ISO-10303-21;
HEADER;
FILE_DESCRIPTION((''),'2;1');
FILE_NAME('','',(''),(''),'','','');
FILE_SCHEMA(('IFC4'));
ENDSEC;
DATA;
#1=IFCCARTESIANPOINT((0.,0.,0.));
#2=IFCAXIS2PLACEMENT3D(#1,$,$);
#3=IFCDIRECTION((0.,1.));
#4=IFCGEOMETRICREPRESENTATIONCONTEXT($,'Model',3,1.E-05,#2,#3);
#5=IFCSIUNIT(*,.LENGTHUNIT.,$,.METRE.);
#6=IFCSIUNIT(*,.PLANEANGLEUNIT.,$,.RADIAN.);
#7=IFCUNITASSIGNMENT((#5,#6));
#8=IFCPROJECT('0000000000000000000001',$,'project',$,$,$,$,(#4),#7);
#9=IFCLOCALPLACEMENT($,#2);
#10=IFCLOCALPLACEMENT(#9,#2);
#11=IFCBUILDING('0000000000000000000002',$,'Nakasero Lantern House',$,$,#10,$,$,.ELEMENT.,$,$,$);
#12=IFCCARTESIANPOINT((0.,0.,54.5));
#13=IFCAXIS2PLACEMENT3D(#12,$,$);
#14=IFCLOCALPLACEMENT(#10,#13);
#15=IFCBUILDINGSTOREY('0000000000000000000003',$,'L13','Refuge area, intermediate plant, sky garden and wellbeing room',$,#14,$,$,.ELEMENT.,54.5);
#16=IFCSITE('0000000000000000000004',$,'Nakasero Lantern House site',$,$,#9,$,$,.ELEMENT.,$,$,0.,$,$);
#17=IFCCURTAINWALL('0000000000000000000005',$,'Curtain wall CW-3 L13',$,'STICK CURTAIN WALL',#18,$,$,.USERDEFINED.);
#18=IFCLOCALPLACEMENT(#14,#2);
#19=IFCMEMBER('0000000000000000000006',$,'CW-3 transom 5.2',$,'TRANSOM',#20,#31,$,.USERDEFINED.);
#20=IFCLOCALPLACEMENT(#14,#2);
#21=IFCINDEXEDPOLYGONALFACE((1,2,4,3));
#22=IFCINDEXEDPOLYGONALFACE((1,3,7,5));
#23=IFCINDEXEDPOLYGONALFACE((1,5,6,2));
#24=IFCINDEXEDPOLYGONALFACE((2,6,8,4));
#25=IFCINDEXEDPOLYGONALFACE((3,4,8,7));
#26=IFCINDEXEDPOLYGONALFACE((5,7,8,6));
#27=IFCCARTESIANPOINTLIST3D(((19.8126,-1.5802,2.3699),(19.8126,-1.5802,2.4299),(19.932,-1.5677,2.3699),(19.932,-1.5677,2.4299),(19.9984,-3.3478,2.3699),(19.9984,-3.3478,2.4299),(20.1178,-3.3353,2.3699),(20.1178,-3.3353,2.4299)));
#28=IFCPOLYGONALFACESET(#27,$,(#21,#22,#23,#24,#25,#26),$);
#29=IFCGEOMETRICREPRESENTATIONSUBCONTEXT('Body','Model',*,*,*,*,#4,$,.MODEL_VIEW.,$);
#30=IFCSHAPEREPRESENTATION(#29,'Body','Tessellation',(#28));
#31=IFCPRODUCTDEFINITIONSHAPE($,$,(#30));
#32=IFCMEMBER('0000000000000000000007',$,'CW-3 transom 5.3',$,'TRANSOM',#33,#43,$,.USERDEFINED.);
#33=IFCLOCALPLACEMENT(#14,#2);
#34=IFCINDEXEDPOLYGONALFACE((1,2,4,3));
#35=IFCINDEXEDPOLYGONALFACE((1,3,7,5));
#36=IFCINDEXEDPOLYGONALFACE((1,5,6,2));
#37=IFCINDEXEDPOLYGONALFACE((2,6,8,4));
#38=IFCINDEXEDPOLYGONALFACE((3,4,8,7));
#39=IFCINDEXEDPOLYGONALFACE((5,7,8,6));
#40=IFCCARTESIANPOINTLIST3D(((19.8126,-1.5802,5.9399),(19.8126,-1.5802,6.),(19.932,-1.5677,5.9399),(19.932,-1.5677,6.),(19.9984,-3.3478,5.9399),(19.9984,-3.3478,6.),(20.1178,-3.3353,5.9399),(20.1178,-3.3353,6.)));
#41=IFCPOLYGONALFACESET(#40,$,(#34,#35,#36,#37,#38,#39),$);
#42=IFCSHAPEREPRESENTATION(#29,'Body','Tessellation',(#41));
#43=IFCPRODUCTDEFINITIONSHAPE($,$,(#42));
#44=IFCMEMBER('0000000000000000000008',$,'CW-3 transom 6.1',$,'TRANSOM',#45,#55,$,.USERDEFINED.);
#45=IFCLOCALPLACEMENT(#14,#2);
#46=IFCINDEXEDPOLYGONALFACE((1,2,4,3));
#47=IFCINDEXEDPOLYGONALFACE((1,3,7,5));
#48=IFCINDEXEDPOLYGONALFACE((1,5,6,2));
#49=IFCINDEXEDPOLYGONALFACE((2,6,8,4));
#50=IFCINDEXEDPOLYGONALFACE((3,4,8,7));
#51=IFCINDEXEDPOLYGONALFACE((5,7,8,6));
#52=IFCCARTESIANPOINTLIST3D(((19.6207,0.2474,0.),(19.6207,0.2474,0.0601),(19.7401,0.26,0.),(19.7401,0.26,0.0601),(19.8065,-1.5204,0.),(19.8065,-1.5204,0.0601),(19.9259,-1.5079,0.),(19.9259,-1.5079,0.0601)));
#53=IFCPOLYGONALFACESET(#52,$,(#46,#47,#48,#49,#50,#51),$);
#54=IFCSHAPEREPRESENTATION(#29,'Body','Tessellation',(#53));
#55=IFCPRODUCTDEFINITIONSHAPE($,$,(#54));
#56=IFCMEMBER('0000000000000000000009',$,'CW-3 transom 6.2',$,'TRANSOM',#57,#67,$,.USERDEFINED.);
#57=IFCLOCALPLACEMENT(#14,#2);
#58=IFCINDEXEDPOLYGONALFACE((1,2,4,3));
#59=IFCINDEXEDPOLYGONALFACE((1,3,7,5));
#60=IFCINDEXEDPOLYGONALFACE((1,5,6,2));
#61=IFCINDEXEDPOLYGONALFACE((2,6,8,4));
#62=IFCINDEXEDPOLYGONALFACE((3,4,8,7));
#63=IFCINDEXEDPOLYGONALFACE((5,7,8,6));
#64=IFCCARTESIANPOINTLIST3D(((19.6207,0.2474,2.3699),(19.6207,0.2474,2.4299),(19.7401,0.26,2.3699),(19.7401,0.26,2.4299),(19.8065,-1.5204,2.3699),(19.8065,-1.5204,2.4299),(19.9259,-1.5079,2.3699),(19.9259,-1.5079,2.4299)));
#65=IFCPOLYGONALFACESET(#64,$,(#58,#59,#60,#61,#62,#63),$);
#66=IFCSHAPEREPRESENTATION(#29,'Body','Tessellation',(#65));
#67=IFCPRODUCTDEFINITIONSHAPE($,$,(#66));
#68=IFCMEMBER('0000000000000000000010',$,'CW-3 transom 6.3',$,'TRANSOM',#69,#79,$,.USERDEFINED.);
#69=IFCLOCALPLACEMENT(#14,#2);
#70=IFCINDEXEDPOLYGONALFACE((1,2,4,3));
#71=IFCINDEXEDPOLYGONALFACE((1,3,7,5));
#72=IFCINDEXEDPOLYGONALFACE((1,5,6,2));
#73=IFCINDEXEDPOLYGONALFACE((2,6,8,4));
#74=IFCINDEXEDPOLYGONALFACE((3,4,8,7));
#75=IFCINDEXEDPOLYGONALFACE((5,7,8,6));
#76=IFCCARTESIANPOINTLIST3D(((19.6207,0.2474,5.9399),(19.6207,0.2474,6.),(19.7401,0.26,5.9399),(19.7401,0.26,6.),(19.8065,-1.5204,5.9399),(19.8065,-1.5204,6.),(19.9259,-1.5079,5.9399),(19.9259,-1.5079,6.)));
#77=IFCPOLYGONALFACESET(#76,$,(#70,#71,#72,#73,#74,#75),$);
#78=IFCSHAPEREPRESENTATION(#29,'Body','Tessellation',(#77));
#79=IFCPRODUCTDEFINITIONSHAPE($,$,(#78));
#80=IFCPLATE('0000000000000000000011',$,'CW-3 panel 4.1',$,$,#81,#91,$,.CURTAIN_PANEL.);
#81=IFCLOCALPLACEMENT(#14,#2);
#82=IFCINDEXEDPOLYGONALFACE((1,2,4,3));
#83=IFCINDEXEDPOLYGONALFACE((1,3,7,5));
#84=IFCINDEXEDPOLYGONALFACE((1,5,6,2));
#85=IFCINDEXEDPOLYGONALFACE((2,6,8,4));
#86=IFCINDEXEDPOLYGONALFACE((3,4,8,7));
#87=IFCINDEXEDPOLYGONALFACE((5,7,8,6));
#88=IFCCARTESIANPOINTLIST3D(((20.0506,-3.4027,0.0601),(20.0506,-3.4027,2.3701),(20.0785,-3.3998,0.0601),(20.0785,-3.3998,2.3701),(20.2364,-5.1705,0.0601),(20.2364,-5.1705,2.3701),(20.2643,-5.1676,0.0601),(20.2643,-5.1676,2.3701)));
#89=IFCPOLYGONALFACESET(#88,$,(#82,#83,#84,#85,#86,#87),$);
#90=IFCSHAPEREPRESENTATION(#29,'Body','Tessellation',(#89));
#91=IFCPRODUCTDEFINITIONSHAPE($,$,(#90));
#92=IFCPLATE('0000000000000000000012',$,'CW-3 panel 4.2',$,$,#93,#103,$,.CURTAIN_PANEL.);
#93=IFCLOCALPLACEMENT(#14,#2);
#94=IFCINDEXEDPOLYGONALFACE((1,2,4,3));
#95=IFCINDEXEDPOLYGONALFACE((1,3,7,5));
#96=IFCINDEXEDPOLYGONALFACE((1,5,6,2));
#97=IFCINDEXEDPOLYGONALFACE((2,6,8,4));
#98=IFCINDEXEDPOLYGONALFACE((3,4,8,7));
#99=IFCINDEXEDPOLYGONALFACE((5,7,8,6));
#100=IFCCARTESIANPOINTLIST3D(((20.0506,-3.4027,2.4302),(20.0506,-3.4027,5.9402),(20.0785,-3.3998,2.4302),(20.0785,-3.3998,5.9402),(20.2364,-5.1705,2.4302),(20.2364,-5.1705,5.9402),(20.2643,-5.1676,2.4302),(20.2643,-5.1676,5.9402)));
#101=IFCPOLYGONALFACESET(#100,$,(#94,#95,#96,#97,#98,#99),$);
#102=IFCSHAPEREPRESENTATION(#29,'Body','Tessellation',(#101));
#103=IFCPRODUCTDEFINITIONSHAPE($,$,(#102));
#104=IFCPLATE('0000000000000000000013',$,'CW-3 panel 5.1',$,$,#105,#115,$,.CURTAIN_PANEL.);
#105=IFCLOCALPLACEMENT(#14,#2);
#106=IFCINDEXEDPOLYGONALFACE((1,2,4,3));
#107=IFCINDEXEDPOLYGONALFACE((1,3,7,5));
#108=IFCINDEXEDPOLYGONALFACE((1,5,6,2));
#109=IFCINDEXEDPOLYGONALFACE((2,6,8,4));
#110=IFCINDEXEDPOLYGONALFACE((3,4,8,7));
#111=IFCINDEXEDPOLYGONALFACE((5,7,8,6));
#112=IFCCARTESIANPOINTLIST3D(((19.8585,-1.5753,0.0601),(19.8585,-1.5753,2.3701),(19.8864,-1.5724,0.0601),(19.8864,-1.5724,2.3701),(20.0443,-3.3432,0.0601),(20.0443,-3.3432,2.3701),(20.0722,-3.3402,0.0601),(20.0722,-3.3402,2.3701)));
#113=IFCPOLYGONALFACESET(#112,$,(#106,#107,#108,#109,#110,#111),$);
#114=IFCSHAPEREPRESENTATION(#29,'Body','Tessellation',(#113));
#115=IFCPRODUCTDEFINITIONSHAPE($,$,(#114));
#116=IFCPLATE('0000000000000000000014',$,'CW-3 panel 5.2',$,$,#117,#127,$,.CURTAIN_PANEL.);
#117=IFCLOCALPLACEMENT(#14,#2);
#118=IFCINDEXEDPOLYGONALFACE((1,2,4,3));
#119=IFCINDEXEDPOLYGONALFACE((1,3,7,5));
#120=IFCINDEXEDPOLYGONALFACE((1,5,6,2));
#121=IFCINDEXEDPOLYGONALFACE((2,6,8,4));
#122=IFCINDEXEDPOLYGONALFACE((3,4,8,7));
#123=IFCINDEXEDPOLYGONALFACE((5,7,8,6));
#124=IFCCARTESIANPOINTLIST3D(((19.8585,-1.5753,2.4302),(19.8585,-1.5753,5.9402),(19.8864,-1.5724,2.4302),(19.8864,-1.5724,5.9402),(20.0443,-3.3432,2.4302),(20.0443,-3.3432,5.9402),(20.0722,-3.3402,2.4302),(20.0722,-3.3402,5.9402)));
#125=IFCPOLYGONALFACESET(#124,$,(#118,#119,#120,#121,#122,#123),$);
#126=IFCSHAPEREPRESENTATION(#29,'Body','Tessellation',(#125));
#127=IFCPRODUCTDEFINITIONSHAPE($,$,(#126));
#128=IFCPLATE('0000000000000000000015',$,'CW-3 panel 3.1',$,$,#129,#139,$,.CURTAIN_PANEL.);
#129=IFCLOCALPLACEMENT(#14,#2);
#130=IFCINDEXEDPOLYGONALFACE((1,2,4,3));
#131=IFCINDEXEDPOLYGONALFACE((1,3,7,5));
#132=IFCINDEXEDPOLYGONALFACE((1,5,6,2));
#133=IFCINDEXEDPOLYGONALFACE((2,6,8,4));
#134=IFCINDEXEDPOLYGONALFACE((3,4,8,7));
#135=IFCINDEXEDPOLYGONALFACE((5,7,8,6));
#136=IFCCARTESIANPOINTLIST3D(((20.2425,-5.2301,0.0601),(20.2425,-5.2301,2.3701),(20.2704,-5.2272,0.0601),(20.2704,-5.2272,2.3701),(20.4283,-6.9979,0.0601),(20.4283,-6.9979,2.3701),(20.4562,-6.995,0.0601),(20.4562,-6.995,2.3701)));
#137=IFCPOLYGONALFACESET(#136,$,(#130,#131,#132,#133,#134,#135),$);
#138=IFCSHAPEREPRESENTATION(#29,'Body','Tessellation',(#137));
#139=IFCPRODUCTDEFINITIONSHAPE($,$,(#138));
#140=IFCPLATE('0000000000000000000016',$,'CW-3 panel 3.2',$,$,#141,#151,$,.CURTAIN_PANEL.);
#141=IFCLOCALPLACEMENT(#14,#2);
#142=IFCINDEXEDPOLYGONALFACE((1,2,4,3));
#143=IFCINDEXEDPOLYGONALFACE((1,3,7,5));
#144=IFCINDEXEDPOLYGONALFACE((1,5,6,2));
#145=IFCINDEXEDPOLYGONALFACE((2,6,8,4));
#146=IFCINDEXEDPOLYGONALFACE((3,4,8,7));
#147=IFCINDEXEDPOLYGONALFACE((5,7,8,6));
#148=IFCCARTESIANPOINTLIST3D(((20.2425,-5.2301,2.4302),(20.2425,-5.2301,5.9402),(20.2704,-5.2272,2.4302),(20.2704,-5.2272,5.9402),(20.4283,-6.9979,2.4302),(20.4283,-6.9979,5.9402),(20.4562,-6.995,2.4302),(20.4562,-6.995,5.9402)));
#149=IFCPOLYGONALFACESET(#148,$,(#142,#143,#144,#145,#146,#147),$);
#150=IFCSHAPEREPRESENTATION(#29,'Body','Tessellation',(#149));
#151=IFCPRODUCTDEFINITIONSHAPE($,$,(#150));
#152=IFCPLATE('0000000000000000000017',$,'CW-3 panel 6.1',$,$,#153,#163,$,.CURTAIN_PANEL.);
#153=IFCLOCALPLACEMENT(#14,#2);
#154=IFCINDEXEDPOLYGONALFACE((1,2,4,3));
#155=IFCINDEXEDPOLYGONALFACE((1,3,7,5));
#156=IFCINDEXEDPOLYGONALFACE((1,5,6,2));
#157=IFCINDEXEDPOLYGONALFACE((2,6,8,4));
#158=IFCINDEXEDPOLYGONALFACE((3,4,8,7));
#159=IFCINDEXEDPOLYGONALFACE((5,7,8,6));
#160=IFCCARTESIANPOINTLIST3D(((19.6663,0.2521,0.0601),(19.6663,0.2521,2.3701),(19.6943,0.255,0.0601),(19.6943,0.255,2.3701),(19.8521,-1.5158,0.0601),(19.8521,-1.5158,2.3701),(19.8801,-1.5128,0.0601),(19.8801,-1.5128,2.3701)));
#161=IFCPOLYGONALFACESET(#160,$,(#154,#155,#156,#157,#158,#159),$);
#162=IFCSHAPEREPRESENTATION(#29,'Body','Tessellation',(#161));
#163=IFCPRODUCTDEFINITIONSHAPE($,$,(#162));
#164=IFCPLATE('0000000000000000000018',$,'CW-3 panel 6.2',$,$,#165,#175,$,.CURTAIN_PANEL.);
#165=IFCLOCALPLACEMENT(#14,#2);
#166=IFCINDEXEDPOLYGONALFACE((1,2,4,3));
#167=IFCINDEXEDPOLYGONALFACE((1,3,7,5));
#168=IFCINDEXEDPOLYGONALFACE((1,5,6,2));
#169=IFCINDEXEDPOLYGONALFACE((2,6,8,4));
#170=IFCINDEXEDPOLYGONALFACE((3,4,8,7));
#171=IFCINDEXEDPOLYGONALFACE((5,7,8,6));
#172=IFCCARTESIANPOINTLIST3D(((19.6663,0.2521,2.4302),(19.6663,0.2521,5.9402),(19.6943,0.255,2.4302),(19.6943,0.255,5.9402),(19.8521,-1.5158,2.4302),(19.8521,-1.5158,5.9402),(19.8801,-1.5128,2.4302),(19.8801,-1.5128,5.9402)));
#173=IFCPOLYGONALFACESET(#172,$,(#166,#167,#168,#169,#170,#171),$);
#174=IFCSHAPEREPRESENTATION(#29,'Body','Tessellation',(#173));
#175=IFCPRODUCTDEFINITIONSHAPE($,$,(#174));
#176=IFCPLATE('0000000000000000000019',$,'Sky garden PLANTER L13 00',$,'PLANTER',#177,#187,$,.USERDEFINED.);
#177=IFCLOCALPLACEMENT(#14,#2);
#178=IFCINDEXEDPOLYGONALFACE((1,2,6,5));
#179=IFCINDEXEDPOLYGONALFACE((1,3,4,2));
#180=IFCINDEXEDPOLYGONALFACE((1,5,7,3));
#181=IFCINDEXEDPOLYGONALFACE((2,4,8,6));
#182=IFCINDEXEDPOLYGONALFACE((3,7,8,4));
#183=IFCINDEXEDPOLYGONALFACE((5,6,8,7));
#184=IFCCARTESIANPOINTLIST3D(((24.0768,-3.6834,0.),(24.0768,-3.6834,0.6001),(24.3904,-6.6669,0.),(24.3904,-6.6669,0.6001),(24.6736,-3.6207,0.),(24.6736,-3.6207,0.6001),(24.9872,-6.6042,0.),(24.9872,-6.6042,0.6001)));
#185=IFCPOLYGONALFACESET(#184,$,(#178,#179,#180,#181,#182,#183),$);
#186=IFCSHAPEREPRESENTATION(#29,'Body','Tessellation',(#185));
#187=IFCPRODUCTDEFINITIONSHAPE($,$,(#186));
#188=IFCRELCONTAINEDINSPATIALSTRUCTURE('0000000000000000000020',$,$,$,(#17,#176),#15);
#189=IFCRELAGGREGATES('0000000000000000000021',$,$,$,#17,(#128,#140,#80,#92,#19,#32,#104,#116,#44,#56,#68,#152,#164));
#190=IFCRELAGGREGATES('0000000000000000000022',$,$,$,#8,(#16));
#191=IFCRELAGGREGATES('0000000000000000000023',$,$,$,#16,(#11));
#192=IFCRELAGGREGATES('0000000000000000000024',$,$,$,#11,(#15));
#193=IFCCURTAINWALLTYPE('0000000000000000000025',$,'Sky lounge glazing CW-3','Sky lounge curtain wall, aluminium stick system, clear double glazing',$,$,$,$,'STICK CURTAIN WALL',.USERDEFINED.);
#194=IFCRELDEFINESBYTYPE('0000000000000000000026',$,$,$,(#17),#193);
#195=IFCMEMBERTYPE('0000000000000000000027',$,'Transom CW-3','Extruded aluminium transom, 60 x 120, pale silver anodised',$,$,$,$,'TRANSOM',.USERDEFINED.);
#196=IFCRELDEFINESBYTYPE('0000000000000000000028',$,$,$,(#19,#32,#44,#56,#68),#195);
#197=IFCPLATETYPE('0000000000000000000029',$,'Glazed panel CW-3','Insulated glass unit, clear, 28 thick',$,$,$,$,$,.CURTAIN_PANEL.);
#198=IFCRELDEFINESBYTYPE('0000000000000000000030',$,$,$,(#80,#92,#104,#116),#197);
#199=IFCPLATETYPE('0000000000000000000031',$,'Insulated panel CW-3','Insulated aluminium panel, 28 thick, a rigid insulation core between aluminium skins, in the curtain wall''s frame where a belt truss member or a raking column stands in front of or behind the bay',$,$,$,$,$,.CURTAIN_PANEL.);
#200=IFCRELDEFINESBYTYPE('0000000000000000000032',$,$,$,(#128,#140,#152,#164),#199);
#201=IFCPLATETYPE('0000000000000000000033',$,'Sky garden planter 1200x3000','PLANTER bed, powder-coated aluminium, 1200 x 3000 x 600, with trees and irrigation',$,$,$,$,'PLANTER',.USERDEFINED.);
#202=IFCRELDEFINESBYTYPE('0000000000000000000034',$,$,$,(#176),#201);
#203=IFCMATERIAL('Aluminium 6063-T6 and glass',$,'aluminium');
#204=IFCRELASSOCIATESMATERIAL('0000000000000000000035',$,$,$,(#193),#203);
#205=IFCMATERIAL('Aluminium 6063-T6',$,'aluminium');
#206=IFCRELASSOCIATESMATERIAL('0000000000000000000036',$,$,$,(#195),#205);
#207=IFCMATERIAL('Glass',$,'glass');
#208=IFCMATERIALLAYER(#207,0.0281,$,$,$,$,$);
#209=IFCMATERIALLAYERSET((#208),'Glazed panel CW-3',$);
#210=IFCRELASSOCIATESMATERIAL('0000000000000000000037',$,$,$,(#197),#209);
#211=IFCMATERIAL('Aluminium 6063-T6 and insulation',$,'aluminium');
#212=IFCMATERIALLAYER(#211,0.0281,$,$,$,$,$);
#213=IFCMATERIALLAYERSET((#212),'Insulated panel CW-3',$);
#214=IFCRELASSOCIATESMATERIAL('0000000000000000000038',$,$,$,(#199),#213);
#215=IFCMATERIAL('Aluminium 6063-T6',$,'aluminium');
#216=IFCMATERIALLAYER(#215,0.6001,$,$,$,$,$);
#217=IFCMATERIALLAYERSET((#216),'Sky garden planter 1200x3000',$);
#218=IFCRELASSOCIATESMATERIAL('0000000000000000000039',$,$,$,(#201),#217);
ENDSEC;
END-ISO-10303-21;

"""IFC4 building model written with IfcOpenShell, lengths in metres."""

from ifc_helpers import new_model, si_unit, direction, frame, origin, origin_2d, place, context, subcontext, project, spatial, rectangle, extrude, material, layer, layer_set, material_profile, profile_set, type_object, element, aggregate, save


model = new_model("IFC4")

# Units and contexts
model_context = context("Model", 3, precision=1e-05, world=origin(), true_north=direction((0.0, 1.0)))
body_context = subcontext(model_context, "Body", "Model", "MODEL_VIEW")
ifc_project = project(units=[si_unit("LENGTHUNIT", "METRE"), si_unit("PLANEANGLEUNIT", "RADIAN")], contexts=[model_context])

# Site, building, storey
site_placement = place(None, origin())
site = spatial("IfcSite", under=ifc_project, at=site_placement, Name="Nakasero Lantern House site", CompositionType="ELEMENT", RefElevation=0.0)
building_placement = place(site_placement, origin())
building = spatial("IfcBuilding", under=site, at=building_placement, Name="Nakasero Lantern House", CompositionType="ELEMENT")
storey_placement = place(building_placement, frame((0.0, 0.0, 54.5)))
storey = spatial("IfcBuildingStorey", under=building, at=storey_placement, Name="L13", Description="Refuge area, intermediate plant, sky garden and wellbeing room", CompositionType="ELEMENT", Elevation=54.5)

# Curtain wall, members, plates
ifc_material_1 = material(Name="Aluminium 6063-T6 and glass", Category="aluminium")
curtain_wall_type = type_object("IfcCurtainWallType", Name="Sky lounge glazing CW-3", Description="Sky lounge curtain wall, aluminium stick system, clear double glazing", ElementType="STICK CURTAIN WALL", PredefinedType="USERDEFINED", material=ifc_material_1)
curtain_wall_placement = place(storey_placement, origin())
curtain_wall = element("IfcCurtainWall", 1, at=curtain_wall_placement, inside=storey, type_object=curtain_wall_type, Name="Curtain wall CW-3 L13", ObjectType="STICK CURTAIN WALL", PredefinedType="USERDEFINED")
ifc_material_2 = material(Name="Aluminium 6063-T6", Category="aluminium")
ifc_material_profile_1 = material_profile(ifc_material_2, rectangle(XDim=0.0601, YDim=0.1201, at=origin_2d()), Name="CW-3 transom 60x120")
ifc_profile_set_1 = profile_set([ifc_material_profile_1], Name="Aluminium 6063-T6")
member_type_1 = type_object("IfcMemberType", Name="Transom CW-3", Description="Extruded aluminium transom, 60 x 120, pale silver anodised", ElementType="TRANSOM", PredefinedType="USERDEFINED", material=ifc_profile_set_1)
member_1_placement = place(storey_placement, frame((20.0581, -3.3416, 2.3999), z_axis=(-0.104535, 0.994521, 0.0), x_axis=(0.0, 0.0, 1.0)))
member_1 = element("IfcMember", 2, at=member_1_placement, type_object=member_type_1, Name="CW-3 transom 5.2", ObjectType="TRANSOM", PredefinedType="USERDEFINED", context=body_context, shape_type="SweptSolid", body=[
    extrude(rectangle(XDim=0.0601, YDim=0.1201, at=origin_2d()), origin(), (0.0, 0.0, 1.0), 1.7773),
])
member_2_placement = place(storey_placement, frame((20.0581, -3.3416, 5.97), z_axis=(-0.104535, 0.994521, 0.0), x_axis=(0.0, 0.0, 1.0)))
member_2 = element("IfcMember", 3, at=member_2_placement, type_object=member_type_1, Name="CW-3 transom 5.3", ObjectType="TRANSOM", PredefinedType="USERDEFINED", context=body_context, shape_type="SweptSolid", body=[
    extrude(rectangle(XDim=0.0601, YDim=0.1201, at=origin_2d()), origin(), (0.0, 0.0, 1.0), 1.7773),
])
member_3_placement = place(storey_placement, frame((19.8662, -1.5142, 0.03), z_axis=(-0.10452, 0.994523, 0.0), x_axis=(0.0, 0.0, 1.0)))
member_3 = element("IfcMember", 4, at=member_3_placement, type_object=member_type_1, Name="CW-3 transom 6.1", ObjectType="TRANSOM", PredefinedType="USERDEFINED", context=body_context, shape_type="SweptSolid", body=[
    extrude(rectangle(XDim=0.0601, YDim=0.1201, at=origin_2d()), origin(), (0.0, 0.0, 1.0), 1.7776),
])
member_4_placement = place(storey_placement, frame((19.8662, -1.5142, 2.3999), z_axis=(-0.10452, 0.994523, 0.0), x_axis=(0.0, 0.0, 1.0)))
member_4 = element("IfcMember", 5, at=member_4_placement, type_object=member_type_1, Name="CW-3 transom 6.2", ObjectType="TRANSOM", PredefinedType="USERDEFINED", context=body_context, shape_type="SweptSolid", body=[
    extrude(rectangle(XDim=0.0601, YDim=0.1201, at=origin_2d()), origin(), (0.0, 0.0, 1.0), 1.7776),
])
member_5_placement = place(storey_placement, frame((19.8662, -1.5142, 5.97), z_axis=(-0.10452, 0.994523, 0.0), x_axis=(0.0, 0.0, 1.0)))
member_5 = element("IfcMember", 6, at=member_5_placement, type_object=member_type_1, Name="CW-3 transom 6.3", ObjectType="TRANSOM", PredefinedType="USERDEFINED", context=body_context, shape_type="SweptSolid", body=[
    extrude(rectangle(XDim=0.0601, YDim=0.1201, at=origin_2d()), origin(), (0.0, 0.0, 1.0), 1.7776),
])
ifc_material_3 = material(Name="Glass", Category="glass")
ifc_layer_1 = layer(ifc_material_3, 0.0281)
ifc_layer_set_1 = layer_set([ifc_layer_1], Name="Glazed panel CW-3")
plate_type_1 = type_object("IfcPlateType", Name="Glazed panel CW-3", Description="Insulated glass unit, clear, 28 thick", PredefinedType="CURTAIN_PANEL", material=ifc_layer_set_1)
plate_1_placement = place(storey_placement, frame((20.1575, -4.2852, 0.0601), z_axis=(0.0, 0.0, 1.0), x_axis=(-0.104528, 0.994522, 0.0)))
plate_1 = element("IfcPlate", 7, at=plate_1_placement, type_object=plate_type_1, Name="CW-3 panel 4.1", PredefinedType="CURTAIN_PANEL", context=body_context, shape_type="SweptSolid", body=[
    extrude(rectangle(XDim=1.7776, YDim=0.0281, at=origin_2d()), origin(), (0.0, 0.0, 1.0), 2.3101),
])
plate_2_placement = place(storey_placement, frame((20.1575, -4.2852, 2.4302), z_axis=(0.0, 0.0, 1.0), x_axis=(-0.104528, 0.994522, 0.0)))
plate_2 = element("IfcPlate", 8, at=plate_2_placement, type_object=plate_type_1, Name="CW-3 panel 4.2", PredefinedType="CURTAIN_PANEL", context=body_context, shape_type="SweptSolid", body=[
    extrude(rectangle(XDim=1.7776, YDim=0.0281, at=origin_2d()), origin(), (0.0, 0.0, 1.0), 3.51),
])
plate_3_placement = place(storey_placement, frame((19.9653, -2.4578, 0.0601), z_axis=(0.0, 0.0, 1.0), x_axis=(-0.104528, 0.994522, 0.0)))
plate_3 = element("IfcPlate", 9, at=plate_3_placement, type_object=plate_type_1, Name="CW-3 panel 5.1", PredefinedType="CURTAIN_PANEL", context=body_context, shape_type="SweptSolid", body=[
    extrude(rectangle(XDim=1.7776, YDim=0.0281, at=origin_2d()), origin(), (0.0, 0.0, 1.0), 2.3101),
])
plate_4_placement = place(storey_placement, frame((19.9653, -2.4578, 2.4302), z_axis=(0.0, 0.0, 1.0), x_axis=(-0.104528, 0.994522, 0.0)))
plate_4 = element("IfcPlate", 10, at=plate_4_placement, type_object=plate_type_1, Name="CW-3 panel 5.2", PredefinedType="CURTAIN_PANEL", context=body_context, shape_type="SweptSolid", body=[
    extrude(rectangle(XDim=1.7776, YDim=0.0281, at=origin_2d()), origin(), (0.0, 0.0, 1.0), 3.51),
])
ifc_material_4 = material(Name="Aluminium 6063-T6 and insulation", Category="aluminium")
ifc_layer_2 = layer(ifc_material_4, 0.0281)
ifc_layer_set_2 = layer_set([ifc_layer_2], Name="Insulated panel CW-3")
plate_type_2 = type_object("IfcPlateType", Name="Insulated panel CW-3", Description="Insulated aluminium panel, 28 thick, a rigid insulation core between aluminium skins, in the curtain wall's frame where a belt truss member or a raking column stands in front of or behind the bay", PredefinedType="CURTAIN_PANEL", material=ifc_layer_set_2)
plate_5_placement = place(storey_placement, frame((20.3494, -6.1125, 0.0601), z_axis=(0.0, 0.0, 1.0), x_axis=(-0.104528, 0.994522, 0.0)))
plate_5 = element("IfcPlate", 11, at=plate_5_placement, type_object=plate_type_2, Name="CW-3 panel 3.1", PredefinedType="CURTAIN_PANEL", context=body_context, shape_type="SweptSolid", body=[
    extrude(rectangle(XDim=1.7776, YDim=0.0281, at=origin_2d()), origin(), (0.0, 0.0, 1.0), 2.3101),
])
plate_6_placement = place(storey_placement, frame((20.3494, -6.1125, 2.4302), z_axis=(0.0, 0.0, 1.0), x_axis=(-0.104528, 0.994522, 0.0)))
plate_6 = element("IfcPlate", 12, at=plate_6_placement, type_object=plate_type_2, Name="CW-3 panel 3.2", PredefinedType="CURTAIN_PANEL", context=body_context, shape_type="SweptSolid", body=[
    extrude(rectangle(XDim=1.7776, YDim=0.0281, at=origin_2d()), origin(), (0.0, 0.0, 1.0), 3.51),
])
plate_7_placement = place(storey_placement, frame((19.7732, -0.6304, 0.0601), z_axis=(0.0, 0.0, 1.0), x_axis=(-0.104528, 0.994522, 0.0)))
plate_7 = element("IfcPlate", 13, at=plate_7_placement, type_object=plate_type_2, Name="CW-3 panel 6.1", PredefinedType="CURTAIN_PANEL", context=body_context, shape_type="SweptSolid", body=[
    extrude(rectangle(XDim=1.7776, YDim=0.0281, at=origin_2d()), origin(), (0.0, 0.0, 1.0), 2.3101),
])
plate_8_placement = place(storey_placement, frame((19.7732, -0.6304, 2.4302), z_axis=(0.0, 0.0, 1.0), x_axis=(-0.104528, 0.994522, 0.0)))
plate_8 = element("IfcPlate", 14, at=plate_8_placement, type_object=plate_type_2, Name="CW-3 panel 6.2", PredefinedType="CURTAIN_PANEL", context=body_context, shape_type="SweptSolid", body=[
    extrude(rectangle(XDim=1.7776, YDim=0.0281, at=origin_2d()), origin(), (0.0, 0.0, 1.0), 3.51),
])
aggregate(curtain_wall, [plate_5, plate_6, plate_1, plate_2, member_1, member_2, plate_3, plate_4, member_3, member_4, member_5, plate_7, plate_8])

# Plate
ifc_material_5 = material(Name="Aluminium 6063-T6", Category="aluminium")
ifc_layer_3 = layer(ifc_material_5, 0.6001)
ifc_layer_set_3 = layer_set([ifc_layer_3], Name="Sky garden planter 1200x3000")
plate_type_3 = type_object("IfcPlateType", Name="Sky garden planter 1200x3000", Description="PLANTER bed, powder-coated aluminium, 1200 x 3000 x 600, with trees and irrigation", ElementType="PLANTER", PredefinedType="USERDEFINED", material=ifc_layer_set_3)
plate_9_placement = place(storey_placement, frame((24.532, -5.1438, 0.0), z_axis=(0.0, 0.0, 1.0), x_axis=(0.994522, 0.104528, 0.0)))
element("IfcPlate", 15, at=plate_9_placement, inside=storey, type_object=plate_type_3, Name="Sky garden PLANTER L13 00", ObjectType="PLANTER", PredefinedType="USERDEFINED", context=body_context, shape_type="SweptSolid", body=[
    extrude(rectangle(XDim=0.6001, YDim=3.0, at=origin_2d()), origin(), (0.0, 0.0, 1.0), 0.6001),
])

save(model, "model.ifc")
